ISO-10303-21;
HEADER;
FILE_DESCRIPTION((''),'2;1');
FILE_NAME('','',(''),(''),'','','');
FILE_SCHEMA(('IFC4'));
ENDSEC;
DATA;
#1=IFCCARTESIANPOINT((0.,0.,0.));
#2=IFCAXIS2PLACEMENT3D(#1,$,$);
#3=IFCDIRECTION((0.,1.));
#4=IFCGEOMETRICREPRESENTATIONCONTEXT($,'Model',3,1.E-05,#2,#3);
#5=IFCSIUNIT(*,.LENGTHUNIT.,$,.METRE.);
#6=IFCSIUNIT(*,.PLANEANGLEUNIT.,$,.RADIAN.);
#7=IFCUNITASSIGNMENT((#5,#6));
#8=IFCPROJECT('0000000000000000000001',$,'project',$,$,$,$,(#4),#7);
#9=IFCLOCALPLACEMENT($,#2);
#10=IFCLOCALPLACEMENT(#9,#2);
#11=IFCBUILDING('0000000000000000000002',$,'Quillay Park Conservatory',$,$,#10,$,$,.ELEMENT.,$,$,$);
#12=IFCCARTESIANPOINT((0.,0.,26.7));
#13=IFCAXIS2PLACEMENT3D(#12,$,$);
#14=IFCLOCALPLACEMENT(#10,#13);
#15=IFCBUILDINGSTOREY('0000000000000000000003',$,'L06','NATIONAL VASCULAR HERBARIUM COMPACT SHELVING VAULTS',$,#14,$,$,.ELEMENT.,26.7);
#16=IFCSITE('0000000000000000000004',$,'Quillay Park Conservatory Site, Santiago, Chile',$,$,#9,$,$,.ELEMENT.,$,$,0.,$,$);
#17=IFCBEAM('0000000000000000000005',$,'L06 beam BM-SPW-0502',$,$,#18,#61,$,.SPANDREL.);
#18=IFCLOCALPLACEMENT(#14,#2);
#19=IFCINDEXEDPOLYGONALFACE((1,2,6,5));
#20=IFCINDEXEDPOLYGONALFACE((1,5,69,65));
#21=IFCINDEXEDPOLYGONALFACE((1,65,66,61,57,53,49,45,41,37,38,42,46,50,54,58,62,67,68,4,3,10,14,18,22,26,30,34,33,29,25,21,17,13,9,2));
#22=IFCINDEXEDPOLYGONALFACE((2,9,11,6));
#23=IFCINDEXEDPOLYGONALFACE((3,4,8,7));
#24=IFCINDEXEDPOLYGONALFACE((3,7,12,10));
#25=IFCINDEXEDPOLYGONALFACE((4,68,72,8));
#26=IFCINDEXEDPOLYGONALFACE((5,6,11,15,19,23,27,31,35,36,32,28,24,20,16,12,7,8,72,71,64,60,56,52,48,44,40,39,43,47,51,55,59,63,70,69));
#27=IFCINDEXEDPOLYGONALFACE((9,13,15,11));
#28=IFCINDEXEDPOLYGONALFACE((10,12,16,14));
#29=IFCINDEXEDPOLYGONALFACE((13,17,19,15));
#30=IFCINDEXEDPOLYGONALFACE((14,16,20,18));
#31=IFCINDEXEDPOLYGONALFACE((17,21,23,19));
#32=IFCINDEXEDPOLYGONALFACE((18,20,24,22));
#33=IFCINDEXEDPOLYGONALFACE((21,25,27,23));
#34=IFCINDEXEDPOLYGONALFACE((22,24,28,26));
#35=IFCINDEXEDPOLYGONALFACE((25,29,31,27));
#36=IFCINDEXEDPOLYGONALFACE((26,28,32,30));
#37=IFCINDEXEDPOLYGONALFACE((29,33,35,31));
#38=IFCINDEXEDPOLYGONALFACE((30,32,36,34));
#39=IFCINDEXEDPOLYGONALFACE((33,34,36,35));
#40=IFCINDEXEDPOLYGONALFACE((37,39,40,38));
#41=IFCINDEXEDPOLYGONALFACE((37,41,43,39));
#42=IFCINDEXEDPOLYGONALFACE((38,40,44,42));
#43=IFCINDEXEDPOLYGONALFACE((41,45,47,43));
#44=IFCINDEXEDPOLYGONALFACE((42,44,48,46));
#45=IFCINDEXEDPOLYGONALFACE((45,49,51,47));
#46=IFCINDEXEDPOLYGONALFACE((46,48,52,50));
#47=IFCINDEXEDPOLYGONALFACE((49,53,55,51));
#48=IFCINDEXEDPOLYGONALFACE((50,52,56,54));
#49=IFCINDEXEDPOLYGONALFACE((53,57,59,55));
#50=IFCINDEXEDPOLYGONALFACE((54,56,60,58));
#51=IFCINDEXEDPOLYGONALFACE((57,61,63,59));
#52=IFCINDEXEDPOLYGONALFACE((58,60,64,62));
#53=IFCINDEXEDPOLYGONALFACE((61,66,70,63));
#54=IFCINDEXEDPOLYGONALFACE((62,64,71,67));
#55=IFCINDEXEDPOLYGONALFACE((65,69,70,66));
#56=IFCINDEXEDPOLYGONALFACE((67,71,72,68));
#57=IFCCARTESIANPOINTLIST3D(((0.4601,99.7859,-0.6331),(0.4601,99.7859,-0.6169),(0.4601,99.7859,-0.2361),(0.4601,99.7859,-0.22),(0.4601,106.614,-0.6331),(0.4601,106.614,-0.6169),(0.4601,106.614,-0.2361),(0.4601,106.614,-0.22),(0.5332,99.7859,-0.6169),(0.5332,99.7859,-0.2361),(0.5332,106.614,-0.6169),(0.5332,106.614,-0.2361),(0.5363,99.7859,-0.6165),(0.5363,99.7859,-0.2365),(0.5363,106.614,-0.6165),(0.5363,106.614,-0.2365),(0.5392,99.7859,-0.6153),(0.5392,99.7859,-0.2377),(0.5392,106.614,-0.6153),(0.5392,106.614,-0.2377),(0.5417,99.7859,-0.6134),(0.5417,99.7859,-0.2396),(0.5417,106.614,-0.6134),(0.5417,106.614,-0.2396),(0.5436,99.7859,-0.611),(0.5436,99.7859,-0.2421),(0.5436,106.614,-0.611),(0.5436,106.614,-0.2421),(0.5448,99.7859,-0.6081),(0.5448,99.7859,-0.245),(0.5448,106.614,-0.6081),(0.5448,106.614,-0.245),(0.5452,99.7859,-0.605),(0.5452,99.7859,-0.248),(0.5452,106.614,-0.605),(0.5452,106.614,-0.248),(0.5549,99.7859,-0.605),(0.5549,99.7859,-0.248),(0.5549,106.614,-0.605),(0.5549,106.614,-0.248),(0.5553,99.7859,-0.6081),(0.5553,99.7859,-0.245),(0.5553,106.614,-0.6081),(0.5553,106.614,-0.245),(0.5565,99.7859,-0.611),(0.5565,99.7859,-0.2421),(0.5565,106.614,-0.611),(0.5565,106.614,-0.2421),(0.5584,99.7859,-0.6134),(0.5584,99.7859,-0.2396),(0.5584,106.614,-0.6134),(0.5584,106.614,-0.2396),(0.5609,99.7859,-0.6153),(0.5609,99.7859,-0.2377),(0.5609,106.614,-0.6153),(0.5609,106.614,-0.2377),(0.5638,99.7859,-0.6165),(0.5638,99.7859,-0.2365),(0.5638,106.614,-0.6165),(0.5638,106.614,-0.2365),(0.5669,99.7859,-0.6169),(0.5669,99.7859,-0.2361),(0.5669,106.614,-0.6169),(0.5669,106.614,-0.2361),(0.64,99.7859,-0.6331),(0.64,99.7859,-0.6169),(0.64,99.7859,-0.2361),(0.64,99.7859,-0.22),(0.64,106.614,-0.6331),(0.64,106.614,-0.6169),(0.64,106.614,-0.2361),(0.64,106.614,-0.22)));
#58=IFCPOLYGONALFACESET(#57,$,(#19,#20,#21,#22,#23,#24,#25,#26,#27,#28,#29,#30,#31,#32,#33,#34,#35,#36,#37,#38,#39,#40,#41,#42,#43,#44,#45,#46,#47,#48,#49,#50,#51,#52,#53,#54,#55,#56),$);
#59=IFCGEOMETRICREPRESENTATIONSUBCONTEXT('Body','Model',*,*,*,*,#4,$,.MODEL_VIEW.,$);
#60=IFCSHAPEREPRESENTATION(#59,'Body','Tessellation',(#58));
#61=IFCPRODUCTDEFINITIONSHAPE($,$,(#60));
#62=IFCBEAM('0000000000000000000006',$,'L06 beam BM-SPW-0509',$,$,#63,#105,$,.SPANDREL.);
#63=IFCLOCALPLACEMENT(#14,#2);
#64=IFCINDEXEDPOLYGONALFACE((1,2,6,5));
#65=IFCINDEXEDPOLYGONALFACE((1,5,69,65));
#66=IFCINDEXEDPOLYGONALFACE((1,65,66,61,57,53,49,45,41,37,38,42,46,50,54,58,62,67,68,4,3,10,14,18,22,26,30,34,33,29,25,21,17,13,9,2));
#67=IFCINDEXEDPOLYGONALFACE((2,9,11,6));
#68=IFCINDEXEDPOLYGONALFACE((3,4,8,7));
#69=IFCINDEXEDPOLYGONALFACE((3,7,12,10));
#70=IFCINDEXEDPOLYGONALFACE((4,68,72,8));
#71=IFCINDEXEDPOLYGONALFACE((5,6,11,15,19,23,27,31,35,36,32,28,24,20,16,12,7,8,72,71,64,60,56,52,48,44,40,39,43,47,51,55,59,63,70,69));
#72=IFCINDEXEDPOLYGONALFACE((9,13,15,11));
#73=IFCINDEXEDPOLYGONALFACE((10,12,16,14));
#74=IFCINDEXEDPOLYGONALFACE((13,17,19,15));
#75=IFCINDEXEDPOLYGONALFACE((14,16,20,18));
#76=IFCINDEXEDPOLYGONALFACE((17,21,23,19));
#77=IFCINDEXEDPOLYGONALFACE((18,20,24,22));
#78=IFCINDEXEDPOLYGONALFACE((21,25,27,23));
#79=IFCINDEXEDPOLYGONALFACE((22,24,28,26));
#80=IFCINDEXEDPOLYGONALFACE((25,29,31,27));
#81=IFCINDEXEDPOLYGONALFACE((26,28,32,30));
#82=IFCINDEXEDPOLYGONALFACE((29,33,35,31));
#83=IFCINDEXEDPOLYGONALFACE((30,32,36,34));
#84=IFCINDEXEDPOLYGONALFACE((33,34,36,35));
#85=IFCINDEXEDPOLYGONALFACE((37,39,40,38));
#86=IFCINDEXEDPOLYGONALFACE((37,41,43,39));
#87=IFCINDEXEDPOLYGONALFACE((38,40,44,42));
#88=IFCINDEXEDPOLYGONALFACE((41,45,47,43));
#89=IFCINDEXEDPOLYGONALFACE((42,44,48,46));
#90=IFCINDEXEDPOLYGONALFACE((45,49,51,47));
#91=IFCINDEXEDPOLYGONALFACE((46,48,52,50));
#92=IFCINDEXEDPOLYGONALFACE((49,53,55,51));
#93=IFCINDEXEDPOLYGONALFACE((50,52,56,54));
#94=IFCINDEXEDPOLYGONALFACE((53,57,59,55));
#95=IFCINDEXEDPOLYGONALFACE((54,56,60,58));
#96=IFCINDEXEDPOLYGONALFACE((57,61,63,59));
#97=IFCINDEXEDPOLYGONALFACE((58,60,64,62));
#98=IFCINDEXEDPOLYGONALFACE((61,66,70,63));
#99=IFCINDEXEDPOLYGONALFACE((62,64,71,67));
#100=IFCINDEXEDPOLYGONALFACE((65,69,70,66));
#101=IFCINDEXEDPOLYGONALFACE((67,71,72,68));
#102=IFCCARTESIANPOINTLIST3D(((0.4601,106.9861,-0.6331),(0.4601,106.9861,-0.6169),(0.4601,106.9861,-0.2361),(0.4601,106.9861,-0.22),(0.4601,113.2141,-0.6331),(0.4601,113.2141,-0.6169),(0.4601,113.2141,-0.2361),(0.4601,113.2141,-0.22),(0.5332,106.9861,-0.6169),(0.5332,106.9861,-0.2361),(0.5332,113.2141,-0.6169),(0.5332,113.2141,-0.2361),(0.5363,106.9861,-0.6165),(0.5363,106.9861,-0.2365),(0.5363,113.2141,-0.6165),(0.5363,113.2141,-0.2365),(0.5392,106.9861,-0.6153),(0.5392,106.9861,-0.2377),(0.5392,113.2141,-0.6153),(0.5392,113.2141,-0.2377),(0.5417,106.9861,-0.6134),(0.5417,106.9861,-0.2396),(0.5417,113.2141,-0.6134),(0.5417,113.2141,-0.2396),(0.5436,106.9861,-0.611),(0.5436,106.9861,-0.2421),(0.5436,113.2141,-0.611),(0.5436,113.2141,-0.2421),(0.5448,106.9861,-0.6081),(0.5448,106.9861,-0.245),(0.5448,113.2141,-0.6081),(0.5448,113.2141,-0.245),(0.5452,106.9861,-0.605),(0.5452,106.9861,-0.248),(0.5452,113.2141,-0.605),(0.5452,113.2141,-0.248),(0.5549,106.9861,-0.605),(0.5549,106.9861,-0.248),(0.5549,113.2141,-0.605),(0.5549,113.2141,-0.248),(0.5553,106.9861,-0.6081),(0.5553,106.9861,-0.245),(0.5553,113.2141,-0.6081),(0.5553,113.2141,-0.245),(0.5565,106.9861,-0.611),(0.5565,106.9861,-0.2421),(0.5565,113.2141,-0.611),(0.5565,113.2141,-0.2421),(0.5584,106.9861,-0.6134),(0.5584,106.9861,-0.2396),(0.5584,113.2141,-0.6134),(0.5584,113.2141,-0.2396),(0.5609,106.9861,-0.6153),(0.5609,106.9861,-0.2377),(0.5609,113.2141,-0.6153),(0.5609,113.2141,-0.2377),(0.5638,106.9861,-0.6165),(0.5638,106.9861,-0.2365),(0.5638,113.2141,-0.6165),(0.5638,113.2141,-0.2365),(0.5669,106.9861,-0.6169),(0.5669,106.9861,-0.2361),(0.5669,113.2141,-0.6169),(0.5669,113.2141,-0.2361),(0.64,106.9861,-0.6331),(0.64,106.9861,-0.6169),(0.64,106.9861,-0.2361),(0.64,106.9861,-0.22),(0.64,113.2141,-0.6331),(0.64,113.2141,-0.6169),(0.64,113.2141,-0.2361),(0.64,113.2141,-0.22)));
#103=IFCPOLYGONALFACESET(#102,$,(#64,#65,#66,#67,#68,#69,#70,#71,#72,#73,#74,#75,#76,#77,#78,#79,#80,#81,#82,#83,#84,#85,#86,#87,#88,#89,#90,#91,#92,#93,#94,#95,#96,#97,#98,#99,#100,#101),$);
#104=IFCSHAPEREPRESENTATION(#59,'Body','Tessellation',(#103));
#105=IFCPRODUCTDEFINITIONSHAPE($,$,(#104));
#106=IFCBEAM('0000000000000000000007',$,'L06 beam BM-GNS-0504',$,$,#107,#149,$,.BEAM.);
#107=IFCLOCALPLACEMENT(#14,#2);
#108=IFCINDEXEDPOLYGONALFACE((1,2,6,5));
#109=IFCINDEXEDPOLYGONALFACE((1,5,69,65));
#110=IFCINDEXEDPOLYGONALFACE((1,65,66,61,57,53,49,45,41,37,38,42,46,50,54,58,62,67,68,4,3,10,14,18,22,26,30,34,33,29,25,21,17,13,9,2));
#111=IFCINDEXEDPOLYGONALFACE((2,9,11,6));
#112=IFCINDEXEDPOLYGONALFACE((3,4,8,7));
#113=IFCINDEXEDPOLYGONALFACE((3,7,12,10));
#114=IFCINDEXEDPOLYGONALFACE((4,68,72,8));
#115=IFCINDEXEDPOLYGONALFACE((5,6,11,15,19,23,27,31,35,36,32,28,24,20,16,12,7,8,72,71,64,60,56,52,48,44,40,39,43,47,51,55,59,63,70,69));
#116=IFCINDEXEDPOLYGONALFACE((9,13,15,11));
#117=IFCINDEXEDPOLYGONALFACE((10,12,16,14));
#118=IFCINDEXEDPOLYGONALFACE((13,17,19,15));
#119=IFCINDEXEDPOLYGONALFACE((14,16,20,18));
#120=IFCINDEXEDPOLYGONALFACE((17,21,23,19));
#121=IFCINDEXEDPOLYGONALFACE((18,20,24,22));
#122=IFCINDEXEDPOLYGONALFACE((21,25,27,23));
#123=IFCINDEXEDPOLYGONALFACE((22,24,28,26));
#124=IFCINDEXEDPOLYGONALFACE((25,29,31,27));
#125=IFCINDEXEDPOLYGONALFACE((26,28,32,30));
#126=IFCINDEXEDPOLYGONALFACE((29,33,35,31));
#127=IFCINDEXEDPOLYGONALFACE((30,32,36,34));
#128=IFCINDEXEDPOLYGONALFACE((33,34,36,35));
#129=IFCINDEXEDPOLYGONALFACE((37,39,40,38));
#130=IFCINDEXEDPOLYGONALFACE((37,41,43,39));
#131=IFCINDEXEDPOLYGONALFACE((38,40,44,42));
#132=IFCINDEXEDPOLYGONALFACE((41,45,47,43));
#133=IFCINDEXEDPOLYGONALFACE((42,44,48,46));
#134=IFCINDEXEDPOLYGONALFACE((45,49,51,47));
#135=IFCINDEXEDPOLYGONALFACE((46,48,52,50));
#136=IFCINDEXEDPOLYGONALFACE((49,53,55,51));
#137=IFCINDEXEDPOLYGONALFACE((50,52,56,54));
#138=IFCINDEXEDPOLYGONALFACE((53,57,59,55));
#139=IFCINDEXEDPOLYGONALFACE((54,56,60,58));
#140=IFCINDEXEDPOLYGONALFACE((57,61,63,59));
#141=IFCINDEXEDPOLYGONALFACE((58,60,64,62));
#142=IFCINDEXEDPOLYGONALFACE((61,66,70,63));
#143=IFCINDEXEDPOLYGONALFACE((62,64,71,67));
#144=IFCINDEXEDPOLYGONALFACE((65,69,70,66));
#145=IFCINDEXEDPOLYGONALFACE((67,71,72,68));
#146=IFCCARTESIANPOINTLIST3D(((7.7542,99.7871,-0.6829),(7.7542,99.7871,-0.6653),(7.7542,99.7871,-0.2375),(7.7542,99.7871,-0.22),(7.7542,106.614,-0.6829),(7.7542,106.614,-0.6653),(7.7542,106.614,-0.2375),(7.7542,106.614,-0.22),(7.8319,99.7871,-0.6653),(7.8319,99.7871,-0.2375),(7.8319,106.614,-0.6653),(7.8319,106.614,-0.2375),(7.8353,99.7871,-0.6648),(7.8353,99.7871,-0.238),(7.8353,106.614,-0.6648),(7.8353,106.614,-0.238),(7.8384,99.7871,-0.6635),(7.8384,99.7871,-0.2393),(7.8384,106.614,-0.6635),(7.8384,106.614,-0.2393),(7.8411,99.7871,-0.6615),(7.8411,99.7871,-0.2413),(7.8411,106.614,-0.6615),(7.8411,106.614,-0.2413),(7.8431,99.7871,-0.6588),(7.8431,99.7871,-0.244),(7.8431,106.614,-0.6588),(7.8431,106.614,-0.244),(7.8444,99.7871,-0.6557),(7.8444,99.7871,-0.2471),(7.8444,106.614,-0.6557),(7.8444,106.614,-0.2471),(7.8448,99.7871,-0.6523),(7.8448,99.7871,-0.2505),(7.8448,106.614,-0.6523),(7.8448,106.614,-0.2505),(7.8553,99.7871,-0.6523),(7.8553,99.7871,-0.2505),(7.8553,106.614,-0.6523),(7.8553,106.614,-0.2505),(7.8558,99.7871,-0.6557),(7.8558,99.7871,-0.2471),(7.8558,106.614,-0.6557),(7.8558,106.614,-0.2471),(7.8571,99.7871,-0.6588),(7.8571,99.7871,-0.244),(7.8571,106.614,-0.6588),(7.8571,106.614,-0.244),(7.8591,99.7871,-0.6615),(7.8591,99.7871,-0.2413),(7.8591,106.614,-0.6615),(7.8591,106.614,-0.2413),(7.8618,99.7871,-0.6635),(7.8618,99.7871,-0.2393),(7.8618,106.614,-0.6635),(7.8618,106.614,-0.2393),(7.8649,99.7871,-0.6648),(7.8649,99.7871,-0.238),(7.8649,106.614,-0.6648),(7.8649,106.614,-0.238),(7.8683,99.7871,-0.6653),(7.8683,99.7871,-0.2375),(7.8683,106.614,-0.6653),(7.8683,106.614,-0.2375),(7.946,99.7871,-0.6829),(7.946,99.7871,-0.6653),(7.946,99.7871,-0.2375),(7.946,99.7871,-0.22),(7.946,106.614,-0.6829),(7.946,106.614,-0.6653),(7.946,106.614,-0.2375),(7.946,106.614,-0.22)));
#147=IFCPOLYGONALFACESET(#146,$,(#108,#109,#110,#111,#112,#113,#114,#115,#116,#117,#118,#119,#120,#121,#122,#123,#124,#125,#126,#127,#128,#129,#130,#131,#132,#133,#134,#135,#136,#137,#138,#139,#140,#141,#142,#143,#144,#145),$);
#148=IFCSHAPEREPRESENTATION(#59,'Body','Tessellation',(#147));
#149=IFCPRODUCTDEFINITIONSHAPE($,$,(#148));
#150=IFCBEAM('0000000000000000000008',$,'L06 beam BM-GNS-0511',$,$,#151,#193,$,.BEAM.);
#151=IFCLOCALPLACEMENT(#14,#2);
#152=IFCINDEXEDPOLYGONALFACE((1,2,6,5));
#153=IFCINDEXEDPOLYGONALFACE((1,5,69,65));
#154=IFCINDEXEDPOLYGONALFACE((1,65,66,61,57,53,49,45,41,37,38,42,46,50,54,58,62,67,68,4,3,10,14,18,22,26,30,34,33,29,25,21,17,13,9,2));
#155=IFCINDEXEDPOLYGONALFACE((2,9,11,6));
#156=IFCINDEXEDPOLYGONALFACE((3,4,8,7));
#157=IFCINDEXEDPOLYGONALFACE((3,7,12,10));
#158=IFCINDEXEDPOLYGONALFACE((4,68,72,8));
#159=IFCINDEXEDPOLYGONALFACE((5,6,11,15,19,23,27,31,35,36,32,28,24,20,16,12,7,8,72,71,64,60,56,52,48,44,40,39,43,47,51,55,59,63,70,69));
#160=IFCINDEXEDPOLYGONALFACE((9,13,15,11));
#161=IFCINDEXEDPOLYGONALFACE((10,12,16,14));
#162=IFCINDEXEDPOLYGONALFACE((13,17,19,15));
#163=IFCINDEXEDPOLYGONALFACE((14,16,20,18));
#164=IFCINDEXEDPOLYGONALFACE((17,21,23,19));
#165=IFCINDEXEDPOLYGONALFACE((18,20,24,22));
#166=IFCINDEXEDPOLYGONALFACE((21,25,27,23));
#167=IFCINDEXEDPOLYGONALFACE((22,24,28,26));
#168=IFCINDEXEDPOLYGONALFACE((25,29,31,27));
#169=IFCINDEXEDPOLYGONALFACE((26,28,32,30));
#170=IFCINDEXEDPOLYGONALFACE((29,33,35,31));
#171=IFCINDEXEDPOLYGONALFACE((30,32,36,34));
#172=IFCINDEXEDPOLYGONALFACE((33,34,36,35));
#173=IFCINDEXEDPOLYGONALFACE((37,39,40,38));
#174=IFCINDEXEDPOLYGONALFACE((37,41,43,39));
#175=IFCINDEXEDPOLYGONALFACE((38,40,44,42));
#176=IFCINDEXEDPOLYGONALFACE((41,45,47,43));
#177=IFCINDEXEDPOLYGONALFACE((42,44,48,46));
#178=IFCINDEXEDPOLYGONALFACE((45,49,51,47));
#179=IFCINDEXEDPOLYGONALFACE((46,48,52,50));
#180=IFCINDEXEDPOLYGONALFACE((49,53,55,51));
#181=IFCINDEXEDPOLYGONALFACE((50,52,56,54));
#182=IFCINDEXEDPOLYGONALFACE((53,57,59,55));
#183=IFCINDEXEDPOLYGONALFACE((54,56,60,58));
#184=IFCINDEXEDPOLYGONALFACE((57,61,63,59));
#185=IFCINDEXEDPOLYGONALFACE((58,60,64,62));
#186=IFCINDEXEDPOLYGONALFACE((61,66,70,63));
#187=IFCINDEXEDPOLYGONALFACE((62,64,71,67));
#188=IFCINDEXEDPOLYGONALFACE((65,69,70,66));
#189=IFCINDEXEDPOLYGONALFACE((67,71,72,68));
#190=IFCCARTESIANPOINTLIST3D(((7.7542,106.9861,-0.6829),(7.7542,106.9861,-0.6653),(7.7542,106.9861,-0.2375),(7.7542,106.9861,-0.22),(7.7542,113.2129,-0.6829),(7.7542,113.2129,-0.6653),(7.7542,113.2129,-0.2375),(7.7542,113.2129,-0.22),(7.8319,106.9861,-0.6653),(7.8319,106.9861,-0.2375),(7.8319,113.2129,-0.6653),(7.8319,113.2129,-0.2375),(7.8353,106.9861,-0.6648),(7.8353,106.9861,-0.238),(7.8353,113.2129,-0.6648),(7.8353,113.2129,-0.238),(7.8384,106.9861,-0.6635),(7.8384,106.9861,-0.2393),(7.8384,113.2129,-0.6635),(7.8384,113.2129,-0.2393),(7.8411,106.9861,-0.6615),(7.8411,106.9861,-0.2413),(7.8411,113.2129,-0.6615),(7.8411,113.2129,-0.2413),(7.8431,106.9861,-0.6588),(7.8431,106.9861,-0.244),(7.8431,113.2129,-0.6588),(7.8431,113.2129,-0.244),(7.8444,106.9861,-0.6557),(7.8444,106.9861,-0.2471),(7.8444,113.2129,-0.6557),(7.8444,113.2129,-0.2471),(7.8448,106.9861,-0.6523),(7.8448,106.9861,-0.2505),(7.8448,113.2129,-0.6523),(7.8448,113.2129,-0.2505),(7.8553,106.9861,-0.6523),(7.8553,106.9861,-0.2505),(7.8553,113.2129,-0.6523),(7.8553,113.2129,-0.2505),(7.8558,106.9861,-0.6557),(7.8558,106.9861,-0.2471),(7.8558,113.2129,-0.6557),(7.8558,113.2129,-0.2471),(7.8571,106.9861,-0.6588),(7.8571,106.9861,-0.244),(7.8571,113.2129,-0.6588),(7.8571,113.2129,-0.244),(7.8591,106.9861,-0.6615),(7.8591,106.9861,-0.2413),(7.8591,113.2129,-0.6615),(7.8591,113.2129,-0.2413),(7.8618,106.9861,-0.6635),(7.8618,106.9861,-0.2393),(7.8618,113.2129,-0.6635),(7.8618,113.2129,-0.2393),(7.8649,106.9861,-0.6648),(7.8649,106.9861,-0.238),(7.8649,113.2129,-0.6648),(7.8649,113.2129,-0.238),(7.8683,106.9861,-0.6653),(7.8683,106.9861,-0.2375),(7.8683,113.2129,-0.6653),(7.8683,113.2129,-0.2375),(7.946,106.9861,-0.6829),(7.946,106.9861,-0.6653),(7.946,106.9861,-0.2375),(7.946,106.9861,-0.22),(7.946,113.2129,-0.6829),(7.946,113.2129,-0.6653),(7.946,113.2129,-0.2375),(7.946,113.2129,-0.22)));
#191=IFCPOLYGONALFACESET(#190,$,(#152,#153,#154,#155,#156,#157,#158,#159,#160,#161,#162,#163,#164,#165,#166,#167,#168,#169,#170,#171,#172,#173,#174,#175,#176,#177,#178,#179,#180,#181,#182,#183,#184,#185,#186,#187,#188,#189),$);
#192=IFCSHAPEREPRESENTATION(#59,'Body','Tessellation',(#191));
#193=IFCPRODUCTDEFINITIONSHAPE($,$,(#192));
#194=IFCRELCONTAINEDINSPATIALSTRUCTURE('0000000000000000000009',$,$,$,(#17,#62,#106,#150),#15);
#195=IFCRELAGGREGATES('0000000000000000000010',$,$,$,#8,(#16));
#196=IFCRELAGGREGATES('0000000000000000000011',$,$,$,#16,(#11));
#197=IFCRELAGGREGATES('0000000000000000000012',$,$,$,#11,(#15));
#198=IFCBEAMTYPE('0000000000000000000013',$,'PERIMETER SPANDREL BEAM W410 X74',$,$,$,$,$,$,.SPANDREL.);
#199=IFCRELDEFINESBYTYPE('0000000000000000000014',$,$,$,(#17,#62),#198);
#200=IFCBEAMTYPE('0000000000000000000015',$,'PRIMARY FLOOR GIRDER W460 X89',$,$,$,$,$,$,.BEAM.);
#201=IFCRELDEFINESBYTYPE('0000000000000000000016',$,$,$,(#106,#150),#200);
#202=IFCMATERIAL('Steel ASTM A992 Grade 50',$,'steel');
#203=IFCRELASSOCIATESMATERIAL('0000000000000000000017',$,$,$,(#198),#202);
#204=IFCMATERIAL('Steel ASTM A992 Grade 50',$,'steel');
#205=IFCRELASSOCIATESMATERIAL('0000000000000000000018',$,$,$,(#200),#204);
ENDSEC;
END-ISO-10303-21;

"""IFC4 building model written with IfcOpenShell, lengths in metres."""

from ifc_helpers import new_model, si_unit, direction, frame, origin, origin_2d, place, context, subcontext, project, spatial, i_section, extrude, material, material_profile, profile_set, type_object, element, save


model = new_model("IFC4")

# Units and contexts
model_context = context("Model", 3, precision=1e-05, world=origin(), true_north=direction((0.0, 1.0)))
body_context = subcontext(model_context, "Body", "Model", "MODEL_VIEW")
ifc_project = project(units=[si_unit("LENGTHUNIT", "METRE"), si_unit("PLANEANGLEUNIT", "RADIAN")], contexts=[model_context])

# Site, building, storey
site_placement = place(None, origin())
site = spatial("IfcSite", under=ifc_project, at=site_placement, Name="Quillay Park Conservatory Site, Santiago, Chile", CompositionType="ELEMENT", RefElevation=0.0)
building_placement = place(site_placement, origin())
building = spatial("IfcBuilding", under=site, at=building_placement, Name="Quillay Park Conservatory", CompositionType="ELEMENT")
storey_placement = place(building_placement, frame((0.0, 0.0, 26.7)))
storey = spatial("IfcBuildingStorey", under=building, at=storey_placement, Name="L06", Description="NATIONAL VASCULAR HERBARIUM COMPACT SHELVING VAULTS", CompositionType="ELEMENT", Elevation=26.7)

# Beams
ifc_material_1 = material(Name="Steel ASTM A992 Grade 50", Category="steel")
ifc_material_profile_1 = material_profile(ifc_material_1, i_section(OverallWidth=0.1799, OverallDepth=0.4131, WebThickness=0.0098, FlangeThickness=0.0161, FilletRadius=0.012, at=origin_2d()), Name="W410x74")
ifc_profile_set_1 = profile_set([ifc_material_profile_1], Name="Steel ASTM A992 Grade 50")
beam_type_1 = type_object("IfcBeamType", Name="PERIMETER SPANDREL BEAM W410 X74", PredefinedType="SPANDREL", material=ifc_profile_set_1)
beam_1_placement = place(storey_placement, frame((0.55, 99.7859, -0.4265), z_axis=(0.0, 1.0, 0.0), x_axis=(-1.0, 0.0, 0.0)))
element("IfcBeam", 1, at=beam_1_placement, inside=storey, type_object=beam_type_1, Name="L06 beam BM-SPW-0502", PredefinedType="SPANDREL", context=body_context, shape_type="SweptSolid", body=[
    extrude(i_section(OverallWidth=0.1799, OverallDepth=0.4131, WebThickness=0.0098, FlangeThickness=0.0161, FilletRadius=0.012, at=origin_2d()), origin(), (0.0, 0.0, 1.0), 6.8281),
])
beam_2_placement = place(storey_placement, frame((0.55, 106.9861, -0.4265), z_axis=(0.0, 1.0, 0.0), x_axis=(-1.0, 0.0, 0.0)))
element("IfcBeam", 2, at=beam_2_placement, inside=storey, type_object=beam_type_1, Name="L06 beam BM-SPW-0509", PredefinedType="SPANDREL", context=body_context, shape_type="SweptSolid", body=[
    extrude(i_section(OverallWidth=0.1799, OverallDepth=0.4131, WebThickness=0.0098, FlangeThickness=0.0161, FilletRadius=0.012, at=origin_2d()), origin(), (0.0, 0.0, 1.0), 6.228),
])
ifc_material_2 = material(Name="Steel ASTM A992 Grade 50", Category="steel")
ifc_material_profile_2 = material_profile(ifc_material_2, i_section(OverallWidth=0.1919, OverallDepth=0.4629, WebThickness=0.0105, FlangeThickness=0.0176, FilletRadius=0.0129, at=origin_2d()), Name="W460x89")
ifc_profile_set_2 = profile_set([ifc_material_profile_2], Name="Steel ASTM A992 Grade 50")
beam_type_2 = type_object("IfcBeamType", Name="PRIMARY FLOOR GIRDER W460 X89", PredefinedType="BEAM", material=ifc_profile_set_2)
beam_3_placement = place(storey_placement, frame((7.8501, 99.7871, -0.4514), z_axis=(0.0, 1.0, 0.0), x_axis=(-1.0, 0.0, 0.0)))
element("IfcBeam", 3, at=beam_3_placement, inside=storey, type_object=beam_type_2, Name="L06 beam BM-GNS-0504", PredefinedType="BEAM", context=body_context, shape_type="SweptSolid", body=[
    extrude(i_section(OverallWidth=0.1919, OverallDepth=0.4629, WebThickness=0.0105, FlangeThickness=0.0176, FilletRadius=0.0129, at=origin_2d()), origin(), (0.0, 0.0, 1.0), 6.8269),
])
beam_4_placement = place(storey_placement, frame((7.8501, 106.9861, -0.4514), z_axis=(0.0, 1.0, 0.0), x_axis=(-1.0, 0.0, 0.0)))
element("IfcBeam", 4, at=beam_4_placement, inside=storey, type_object=beam_type_2, Name="L06 beam BM-GNS-0511", PredefinedType="BEAM", context=body_context, shape_type="SweptSolid", body=[
    extrude(i_section(OverallWidth=0.1919, OverallDepth=0.4629, WebThickness=0.0105, FlangeThickness=0.0176, FilletRadius=0.0129, at=origin_2d()), origin(), (0.0, 0.0, 1.0), 6.2268),
])

save(model, "model.ifc")
